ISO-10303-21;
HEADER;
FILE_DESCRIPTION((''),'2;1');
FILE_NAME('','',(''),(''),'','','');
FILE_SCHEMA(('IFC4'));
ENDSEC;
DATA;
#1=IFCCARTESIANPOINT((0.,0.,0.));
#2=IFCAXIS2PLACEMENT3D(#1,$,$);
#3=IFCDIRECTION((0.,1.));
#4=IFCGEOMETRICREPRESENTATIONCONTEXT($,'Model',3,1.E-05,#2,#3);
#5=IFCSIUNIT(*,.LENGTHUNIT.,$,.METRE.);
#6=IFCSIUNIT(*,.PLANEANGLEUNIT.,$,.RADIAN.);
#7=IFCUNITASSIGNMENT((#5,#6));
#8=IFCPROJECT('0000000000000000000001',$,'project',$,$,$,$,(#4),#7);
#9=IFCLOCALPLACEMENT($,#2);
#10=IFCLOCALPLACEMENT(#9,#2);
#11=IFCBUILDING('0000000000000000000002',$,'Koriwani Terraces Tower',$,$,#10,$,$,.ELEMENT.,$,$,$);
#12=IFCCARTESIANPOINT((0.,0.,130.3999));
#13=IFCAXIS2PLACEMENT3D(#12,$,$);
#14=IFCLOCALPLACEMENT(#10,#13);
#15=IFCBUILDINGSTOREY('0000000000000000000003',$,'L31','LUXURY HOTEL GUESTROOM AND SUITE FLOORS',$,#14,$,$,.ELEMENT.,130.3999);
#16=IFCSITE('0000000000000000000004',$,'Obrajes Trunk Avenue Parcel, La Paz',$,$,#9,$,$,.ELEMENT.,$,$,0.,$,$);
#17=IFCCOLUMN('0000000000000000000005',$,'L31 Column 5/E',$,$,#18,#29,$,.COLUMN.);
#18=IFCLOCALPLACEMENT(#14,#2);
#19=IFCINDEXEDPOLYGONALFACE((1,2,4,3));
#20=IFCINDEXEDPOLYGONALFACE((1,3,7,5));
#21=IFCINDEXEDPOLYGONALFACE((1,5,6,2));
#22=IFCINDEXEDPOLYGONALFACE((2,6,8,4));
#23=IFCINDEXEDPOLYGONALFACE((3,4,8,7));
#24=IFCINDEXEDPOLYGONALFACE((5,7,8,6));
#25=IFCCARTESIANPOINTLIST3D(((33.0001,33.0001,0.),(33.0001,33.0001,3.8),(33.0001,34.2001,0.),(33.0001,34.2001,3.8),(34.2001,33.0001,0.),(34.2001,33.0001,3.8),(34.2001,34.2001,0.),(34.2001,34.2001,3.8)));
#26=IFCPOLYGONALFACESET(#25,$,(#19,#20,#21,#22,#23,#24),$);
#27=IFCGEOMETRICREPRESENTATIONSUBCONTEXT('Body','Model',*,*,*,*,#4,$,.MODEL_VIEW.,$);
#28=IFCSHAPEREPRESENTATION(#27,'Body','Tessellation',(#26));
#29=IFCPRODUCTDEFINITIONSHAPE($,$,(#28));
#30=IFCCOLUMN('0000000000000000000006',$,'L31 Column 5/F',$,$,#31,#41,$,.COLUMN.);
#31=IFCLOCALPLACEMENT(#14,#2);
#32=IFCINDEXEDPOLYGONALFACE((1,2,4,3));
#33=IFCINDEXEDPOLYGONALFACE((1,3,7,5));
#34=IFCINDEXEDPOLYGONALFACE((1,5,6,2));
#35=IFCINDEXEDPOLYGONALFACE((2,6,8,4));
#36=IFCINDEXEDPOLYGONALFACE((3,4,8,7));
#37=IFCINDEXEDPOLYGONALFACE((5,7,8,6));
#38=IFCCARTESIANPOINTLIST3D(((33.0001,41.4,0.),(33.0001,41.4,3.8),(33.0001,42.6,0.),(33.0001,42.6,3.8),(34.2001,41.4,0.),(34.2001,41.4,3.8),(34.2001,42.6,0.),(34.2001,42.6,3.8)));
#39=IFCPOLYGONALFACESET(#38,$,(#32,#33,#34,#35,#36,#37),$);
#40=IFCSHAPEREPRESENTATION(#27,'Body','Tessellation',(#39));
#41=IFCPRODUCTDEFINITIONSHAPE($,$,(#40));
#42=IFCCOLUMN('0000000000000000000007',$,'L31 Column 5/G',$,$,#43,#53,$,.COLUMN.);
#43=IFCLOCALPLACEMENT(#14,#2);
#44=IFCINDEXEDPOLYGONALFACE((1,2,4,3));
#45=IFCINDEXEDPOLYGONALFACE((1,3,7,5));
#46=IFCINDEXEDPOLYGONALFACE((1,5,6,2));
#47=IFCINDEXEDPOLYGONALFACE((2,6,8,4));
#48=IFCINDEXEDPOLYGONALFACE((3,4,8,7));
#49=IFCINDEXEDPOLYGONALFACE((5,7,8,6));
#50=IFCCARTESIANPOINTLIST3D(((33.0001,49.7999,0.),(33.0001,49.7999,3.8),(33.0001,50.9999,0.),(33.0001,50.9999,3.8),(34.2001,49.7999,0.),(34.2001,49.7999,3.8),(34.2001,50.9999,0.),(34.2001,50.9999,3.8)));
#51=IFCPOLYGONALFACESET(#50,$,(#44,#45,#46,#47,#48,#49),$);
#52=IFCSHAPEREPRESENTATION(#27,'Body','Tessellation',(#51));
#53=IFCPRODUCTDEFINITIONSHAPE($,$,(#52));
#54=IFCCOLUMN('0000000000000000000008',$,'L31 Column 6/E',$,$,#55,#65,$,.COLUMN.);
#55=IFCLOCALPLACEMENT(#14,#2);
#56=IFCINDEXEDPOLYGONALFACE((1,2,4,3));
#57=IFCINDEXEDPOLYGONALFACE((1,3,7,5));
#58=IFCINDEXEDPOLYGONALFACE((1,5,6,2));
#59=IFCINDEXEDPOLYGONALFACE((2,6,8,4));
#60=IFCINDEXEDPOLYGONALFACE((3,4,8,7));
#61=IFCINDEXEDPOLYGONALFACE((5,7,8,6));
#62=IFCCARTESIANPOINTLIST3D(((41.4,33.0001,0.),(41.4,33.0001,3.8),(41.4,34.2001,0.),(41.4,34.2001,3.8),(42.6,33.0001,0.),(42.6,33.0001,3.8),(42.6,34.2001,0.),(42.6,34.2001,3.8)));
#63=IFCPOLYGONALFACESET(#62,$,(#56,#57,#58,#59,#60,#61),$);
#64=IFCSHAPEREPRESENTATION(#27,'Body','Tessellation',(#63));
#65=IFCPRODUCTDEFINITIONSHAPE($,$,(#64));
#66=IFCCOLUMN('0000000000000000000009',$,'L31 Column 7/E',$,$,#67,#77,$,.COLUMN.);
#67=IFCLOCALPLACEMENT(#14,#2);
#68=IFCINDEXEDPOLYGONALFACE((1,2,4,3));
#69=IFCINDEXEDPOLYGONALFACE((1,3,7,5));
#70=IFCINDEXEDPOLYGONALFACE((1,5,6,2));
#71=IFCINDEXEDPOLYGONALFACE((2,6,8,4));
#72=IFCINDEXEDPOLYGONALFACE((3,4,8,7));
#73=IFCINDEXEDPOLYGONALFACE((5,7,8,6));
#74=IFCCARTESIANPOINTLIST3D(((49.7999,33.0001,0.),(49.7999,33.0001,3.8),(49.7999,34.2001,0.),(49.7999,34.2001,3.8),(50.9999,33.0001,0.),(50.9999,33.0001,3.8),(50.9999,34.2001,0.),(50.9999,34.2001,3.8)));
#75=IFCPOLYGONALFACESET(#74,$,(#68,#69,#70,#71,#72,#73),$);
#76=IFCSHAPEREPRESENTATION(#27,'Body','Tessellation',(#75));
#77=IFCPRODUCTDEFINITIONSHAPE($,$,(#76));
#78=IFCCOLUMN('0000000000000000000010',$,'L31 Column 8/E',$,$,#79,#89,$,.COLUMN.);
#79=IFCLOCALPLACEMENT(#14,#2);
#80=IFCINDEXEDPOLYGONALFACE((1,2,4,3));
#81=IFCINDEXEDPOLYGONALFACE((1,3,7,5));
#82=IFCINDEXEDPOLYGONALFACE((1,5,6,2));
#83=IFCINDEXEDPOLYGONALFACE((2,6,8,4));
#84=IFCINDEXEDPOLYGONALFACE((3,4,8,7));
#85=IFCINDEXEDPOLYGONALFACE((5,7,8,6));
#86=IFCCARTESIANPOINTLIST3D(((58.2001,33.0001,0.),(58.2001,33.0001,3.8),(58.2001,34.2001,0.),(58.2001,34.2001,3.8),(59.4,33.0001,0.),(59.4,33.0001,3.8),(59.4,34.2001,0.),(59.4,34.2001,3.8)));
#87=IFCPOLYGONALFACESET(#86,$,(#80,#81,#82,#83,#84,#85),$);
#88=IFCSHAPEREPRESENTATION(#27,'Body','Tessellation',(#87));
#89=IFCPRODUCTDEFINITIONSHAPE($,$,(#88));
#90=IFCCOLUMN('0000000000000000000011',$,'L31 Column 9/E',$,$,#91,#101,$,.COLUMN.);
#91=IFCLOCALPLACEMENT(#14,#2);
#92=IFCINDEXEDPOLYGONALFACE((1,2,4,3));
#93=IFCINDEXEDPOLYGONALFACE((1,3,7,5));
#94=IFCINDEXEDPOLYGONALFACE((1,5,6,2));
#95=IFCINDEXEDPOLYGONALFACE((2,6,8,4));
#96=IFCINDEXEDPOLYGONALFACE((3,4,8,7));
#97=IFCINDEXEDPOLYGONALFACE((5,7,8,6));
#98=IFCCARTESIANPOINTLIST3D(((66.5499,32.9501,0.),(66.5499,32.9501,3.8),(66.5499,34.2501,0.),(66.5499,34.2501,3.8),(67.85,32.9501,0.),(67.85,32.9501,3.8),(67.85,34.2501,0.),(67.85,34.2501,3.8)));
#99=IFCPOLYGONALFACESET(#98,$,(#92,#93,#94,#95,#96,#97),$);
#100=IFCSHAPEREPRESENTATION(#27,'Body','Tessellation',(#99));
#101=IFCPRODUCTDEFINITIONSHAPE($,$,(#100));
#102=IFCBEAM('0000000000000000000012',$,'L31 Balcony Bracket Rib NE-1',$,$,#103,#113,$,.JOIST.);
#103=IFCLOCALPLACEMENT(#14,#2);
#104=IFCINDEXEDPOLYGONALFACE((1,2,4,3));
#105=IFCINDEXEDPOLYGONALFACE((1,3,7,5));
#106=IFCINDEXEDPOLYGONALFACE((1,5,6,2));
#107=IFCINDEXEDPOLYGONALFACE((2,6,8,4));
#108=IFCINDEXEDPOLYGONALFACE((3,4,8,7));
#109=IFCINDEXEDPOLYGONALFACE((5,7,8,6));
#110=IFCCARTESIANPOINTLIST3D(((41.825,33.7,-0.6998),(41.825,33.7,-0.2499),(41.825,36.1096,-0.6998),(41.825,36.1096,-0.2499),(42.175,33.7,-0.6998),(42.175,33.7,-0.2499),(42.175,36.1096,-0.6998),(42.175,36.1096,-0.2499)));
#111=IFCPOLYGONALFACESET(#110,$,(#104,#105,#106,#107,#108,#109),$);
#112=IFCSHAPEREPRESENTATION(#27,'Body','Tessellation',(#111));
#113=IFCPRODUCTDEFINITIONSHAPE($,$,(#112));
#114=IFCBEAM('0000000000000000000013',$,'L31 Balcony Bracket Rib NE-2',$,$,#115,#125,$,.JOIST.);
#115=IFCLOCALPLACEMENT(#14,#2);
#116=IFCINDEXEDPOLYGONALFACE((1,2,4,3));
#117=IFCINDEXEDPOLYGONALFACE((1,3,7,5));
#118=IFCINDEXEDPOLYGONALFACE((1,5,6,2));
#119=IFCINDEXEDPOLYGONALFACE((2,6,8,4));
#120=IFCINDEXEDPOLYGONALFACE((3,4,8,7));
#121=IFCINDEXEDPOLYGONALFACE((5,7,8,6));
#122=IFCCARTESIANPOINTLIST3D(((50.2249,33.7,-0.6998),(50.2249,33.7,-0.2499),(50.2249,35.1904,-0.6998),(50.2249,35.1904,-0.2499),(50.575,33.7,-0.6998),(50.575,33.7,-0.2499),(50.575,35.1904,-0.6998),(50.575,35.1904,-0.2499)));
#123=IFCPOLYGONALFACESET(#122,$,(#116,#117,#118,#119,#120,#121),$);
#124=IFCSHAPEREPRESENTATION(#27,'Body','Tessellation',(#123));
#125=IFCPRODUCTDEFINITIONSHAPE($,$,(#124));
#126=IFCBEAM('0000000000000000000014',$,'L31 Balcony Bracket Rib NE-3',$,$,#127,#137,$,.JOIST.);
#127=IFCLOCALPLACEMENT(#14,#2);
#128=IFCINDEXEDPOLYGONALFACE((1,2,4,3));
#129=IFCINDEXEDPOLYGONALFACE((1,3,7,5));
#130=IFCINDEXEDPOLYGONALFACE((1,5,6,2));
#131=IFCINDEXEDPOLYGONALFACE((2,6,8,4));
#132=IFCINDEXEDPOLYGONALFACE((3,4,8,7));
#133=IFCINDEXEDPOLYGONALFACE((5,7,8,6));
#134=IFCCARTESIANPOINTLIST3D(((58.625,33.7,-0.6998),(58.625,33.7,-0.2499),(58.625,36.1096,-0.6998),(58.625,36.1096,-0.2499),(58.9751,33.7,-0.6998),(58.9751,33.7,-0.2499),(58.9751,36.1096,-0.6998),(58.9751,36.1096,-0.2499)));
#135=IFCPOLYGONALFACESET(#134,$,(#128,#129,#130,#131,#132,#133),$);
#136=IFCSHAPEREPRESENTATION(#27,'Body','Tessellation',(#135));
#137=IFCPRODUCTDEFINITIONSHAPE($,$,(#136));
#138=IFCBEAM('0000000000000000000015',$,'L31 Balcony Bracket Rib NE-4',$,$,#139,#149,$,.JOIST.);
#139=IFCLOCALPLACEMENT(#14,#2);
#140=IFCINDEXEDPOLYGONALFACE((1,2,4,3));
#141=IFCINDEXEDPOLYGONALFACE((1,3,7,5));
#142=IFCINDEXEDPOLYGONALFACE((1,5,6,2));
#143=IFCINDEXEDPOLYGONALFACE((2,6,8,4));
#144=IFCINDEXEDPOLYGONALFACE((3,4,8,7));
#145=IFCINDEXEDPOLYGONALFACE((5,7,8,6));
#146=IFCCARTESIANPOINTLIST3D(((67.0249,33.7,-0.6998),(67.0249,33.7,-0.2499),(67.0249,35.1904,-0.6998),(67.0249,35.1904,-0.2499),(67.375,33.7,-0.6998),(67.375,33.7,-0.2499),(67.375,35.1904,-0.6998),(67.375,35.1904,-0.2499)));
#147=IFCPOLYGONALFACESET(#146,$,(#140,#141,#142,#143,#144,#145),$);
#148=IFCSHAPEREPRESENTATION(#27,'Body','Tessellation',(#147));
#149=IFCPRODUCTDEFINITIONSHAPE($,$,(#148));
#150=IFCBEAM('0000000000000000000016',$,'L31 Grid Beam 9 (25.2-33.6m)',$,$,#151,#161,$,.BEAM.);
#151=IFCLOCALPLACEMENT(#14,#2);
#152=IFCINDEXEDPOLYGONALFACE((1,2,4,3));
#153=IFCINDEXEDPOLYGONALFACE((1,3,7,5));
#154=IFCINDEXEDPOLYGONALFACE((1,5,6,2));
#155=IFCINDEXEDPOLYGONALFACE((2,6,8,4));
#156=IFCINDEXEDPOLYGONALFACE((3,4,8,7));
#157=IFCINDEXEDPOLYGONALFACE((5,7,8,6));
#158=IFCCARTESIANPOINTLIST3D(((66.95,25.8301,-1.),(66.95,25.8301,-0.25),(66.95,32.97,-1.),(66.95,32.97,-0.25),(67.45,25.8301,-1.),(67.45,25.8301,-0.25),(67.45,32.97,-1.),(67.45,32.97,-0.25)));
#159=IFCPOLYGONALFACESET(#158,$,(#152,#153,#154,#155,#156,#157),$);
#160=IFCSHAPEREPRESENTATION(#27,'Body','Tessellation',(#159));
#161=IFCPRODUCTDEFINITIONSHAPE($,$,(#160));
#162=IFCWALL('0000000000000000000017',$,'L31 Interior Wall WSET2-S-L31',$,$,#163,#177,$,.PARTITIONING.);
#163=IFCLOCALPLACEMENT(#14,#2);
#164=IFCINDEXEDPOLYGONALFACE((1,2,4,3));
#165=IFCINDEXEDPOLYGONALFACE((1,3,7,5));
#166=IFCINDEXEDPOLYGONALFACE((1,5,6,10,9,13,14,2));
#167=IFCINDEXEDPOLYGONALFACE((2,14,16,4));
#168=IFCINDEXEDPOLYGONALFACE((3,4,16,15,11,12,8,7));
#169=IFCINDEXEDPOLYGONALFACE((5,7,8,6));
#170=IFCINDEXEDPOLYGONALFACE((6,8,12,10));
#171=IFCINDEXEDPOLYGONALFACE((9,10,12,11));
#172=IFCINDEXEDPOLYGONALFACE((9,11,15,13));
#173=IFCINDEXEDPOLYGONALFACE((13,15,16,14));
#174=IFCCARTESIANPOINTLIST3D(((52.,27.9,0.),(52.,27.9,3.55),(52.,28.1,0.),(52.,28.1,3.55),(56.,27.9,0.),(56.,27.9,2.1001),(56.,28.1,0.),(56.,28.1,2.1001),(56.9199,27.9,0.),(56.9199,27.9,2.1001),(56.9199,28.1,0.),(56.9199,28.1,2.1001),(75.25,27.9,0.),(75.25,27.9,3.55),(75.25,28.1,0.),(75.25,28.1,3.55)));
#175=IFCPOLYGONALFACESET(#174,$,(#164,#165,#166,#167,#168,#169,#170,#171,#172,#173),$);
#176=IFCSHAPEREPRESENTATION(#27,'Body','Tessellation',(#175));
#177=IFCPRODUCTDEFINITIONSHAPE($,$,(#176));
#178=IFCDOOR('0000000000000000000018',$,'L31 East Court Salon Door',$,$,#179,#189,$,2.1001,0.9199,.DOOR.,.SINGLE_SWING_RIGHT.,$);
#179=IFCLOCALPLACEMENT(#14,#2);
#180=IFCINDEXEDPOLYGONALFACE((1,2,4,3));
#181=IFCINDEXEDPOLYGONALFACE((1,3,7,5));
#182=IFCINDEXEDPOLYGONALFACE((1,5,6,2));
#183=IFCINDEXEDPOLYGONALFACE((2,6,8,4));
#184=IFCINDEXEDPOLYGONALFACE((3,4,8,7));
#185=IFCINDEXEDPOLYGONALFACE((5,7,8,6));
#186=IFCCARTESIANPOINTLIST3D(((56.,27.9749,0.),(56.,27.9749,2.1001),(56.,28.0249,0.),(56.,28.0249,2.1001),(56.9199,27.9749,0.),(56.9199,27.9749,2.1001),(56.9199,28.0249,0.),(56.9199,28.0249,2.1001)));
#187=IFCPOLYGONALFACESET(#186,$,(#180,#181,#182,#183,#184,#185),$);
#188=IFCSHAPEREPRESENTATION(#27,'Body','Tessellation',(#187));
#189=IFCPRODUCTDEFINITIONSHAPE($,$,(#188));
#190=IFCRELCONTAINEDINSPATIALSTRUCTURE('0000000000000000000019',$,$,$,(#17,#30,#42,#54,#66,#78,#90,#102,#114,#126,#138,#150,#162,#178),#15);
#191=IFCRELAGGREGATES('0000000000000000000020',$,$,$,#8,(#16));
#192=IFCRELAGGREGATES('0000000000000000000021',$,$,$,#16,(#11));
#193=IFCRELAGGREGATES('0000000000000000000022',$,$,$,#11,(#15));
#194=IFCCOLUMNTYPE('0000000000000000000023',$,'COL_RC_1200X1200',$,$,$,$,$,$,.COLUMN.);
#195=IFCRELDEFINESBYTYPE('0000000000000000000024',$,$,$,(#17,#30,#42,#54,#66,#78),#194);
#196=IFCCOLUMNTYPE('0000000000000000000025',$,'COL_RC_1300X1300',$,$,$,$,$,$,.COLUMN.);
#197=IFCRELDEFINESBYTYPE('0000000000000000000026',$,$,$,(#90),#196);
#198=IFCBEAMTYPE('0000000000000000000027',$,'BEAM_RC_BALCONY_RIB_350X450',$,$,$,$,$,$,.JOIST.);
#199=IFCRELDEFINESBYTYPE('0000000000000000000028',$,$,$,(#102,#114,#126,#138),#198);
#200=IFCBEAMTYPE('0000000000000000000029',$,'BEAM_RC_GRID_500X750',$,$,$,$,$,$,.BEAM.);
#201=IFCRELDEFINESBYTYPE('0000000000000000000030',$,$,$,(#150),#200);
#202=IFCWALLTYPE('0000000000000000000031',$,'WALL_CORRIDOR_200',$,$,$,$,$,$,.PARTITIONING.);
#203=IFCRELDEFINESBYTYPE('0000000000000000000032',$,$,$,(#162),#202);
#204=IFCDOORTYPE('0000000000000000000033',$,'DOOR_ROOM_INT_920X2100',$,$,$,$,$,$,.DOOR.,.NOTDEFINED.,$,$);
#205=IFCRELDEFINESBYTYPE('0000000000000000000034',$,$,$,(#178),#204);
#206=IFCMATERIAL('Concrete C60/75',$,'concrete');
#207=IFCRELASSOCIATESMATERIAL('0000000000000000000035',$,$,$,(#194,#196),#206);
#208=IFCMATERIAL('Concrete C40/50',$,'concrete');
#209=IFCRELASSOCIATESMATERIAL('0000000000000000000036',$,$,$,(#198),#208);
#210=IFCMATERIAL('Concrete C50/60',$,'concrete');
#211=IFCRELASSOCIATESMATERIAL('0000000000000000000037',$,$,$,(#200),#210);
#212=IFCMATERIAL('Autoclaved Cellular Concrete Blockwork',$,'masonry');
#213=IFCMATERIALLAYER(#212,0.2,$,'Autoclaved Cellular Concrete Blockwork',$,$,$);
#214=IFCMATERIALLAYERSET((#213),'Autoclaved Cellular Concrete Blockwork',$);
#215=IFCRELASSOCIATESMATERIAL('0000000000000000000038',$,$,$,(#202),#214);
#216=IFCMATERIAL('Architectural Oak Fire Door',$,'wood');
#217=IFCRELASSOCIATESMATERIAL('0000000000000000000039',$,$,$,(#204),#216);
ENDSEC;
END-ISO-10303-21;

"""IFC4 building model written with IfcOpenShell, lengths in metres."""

from ifc_helpers import new_model, si_unit, direction, frame, frame_2d, origin, origin_2d, place, context, subcontext, project, spatial, rectangle, extrude, material, layer, layer_set, material_profile, profile_set, type_object, element, fill, save


model = new_model("IFC4")

# Units and contexts
model_context = context("Model", 3, precision=1e-05, world=origin(), true_north=direction((0.0, 1.0)))
body_context = subcontext(model_context, "Body", "Model", "MODEL_VIEW")
ifc_project = project(units=[si_unit("LENGTHUNIT", "METRE"), si_unit("PLANEANGLEUNIT", "RADIAN")], contexts=[model_context])

# Site, building, storey
site_placement = place(None, origin())
site = spatial("IfcSite", under=ifc_project, at=site_placement, Name="Obrajes Trunk Avenue Parcel, La Paz", CompositionType="ELEMENT", RefElevation=0.0)
building_placement = place(site_placement, origin())
building = spatial("IfcBuilding", under=site, at=building_placement, Name="Koriwani Terraces Tower", CompositionType="ELEMENT")
storey_placement = place(building_placement, frame((0.0, 0.0, 130.3999)))
storey = spatial("IfcBuildingStorey", under=building, at=storey_placement, Name="L31", Description="LUXURY HOTEL GUESTROOM AND SUITE FLOORS", CompositionType="ELEMENT", Elevation=130.3999)

# Columns
ifc_material_1 = material(Name="Concrete C60/75", Category="concrete")
ifc_material_profile_1 = material_profile(ifc_material_1, rectangle(XDim=1.2, YDim=1.2, at=origin_2d()), Name="Concrete C60/75", Category="LoadBearing")
ifc_profile_set_1 = profile_set([ifc_material_profile_1], Name="Concrete C60/75")
column_type_1 = type_object("IfcColumnType", Name="COL_RC_1200X1200", PredefinedType="COLUMN", material=ifc_profile_set_1)
for number, where, z_axis, x_axis, name in (
    (1, (33.6001, 33.6001, 0.0), (0.0, 0.0, 1.0), (1.0, 0.0, 0.0), "L31 Column 5/E"),
    (2, (33.6001, 42.0, 0.0), (0.0, 0.0, 1.0), (1.0, 0.0, 0.0), "L31 Column 5/F"),
    (3, (33.6001, 50.3999, 0.0), (0.0, 0.0, 1.0), (1.0, 0.0, 0.0), "L31 Column 5/G"),
    (4, (42.0, 33.6001, 0.0), (0.0, 0.0, 1.0), (1.0, 0.0, 0.0), "L31 Column 6/E"),
    (5, (50.3999, 33.6001, 0.0), (0.0, 0.0, 1.0), (1.0, 0.0, 0.0), "L31 Column 7/E"),
    (6, (58.8, 33.6001, 0.0), (0.0, 0.0, 1.0), (1.0, 0.0, 0.0), "L31 Column 8/E"),
):
    element("IfcColumn", number, at=place(storey_placement, frame(where, z_axis=z_axis, x_axis=x_axis)), inside=storey, type_object=column_type_1, Name=name, PredefinedType="COLUMN", context=body_context, shape_type="SweptSolid", body=[
        extrude(rectangle(XDim=1.2, YDim=1.2, at=origin_2d()), origin(), (0.0, 0.0, 1.0), 3.8),
    ])
ifc_material_profile_2 = material_profile(ifc_material_1, rectangle(XDim=1.3, YDim=1.3, at=origin_2d()), Name="Concrete C60/75", Category="LoadBearing")
ifc_profile_set_2 = profile_set([ifc_material_profile_2], Name="Concrete C60/75")
column_type_2 = type_object("IfcColumnType", Name="COL_RC_1300X1300", PredefinedType="COLUMN", material=ifc_profile_set_2)
column_placement = place(storey_placement, frame((67.2, 33.6001, 0.0), z_axis=(0.0, 0.0, 1.0), x_axis=(1.0, 0.0, 0.0)))
element("IfcColumn", 7, at=column_placement, inside=storey, type_object=column_type_2, Name="L31 Column 9/E", PredefinedType="COLUMN", context=body_context, shape_type="SweptSolid", body=[
    extrude(rectangle(XDim=1.3, YDim=1.3, at=origin_2d()), origin(), (0.0, 0.0, 1.0), 3.8),
])

# Beams
ifc_material_2 = material(Name="Concrete C40/50", Category="concrete")
ifc_material_profile_3 = material_profile(ifc_material_2, rectangle(XDim=0.3501, YDim=0.45, at=origin_2d()), Name="Concrete C40/50", Category="LoadBearing")
ifc_profile_set_3 = profile_set([ifc_material_profile_3], Name="Concrete C40/50")
beam_type_1 = type_object("IfcBeamType", Name="BEAM_RC_BALCONY_RIB_350X450", PredefinedType="JOIST", material=ifc_profile_set_3)
beam_1_placement = place(storey_placement, frame((42.0, 33.7, -0.4749), z_axis=(0.0, 1.0, 0.0), x_axis=(-1.0, 0.0, 0.0)))
element("IfcBeam", 8, at=beam_1_placement, inside=storey, type_object=beam_type_1, Name="L31 Balcony Bracket Rib NE-1", PredefinedType="JOIST", context=body_context, shape_type="SweptSolid", body=[
    extrude(rectangle(XDim=0.3501, YDim=0.45, at=origin_2d()), origin(), (0.0, 0.0, 1.0), 2.4097),
])
beam_2_placement = place(storey_placement, frame((50.3999, 33.7, -0.4749), z_axis=(0.0, 1.0, 0.0), x_axis=(-1.0, 0.0, 0.0)))
element("IfcBeam", 9, at=beam_2_placement, inside=storey, type_object=beam_type_1, Name="L31 Balcony Bracket Rib NE-2", PredefinedType="JOIST", context=body_context, shape_type="SweptSolid", body=[
    extrude(rectangle(XDim=0.3501, YDim=0.45, at=origin_2d()), origin(), (0.0, 0.0, 1.0), 1.4905),
])
beam_3_placement = place(storey_placement, frame((58.8, 33.7, -0.4749), z_axis=(0.0, 1.0, 0.0), x_axis=(-1.0, 0.0, 0.0)))
element("IfcBeam", 10, at=beam_3_placement, inside=storey, type_object=beam_type_1, Name="L31 Balcony Bracket Rib NE-3", PredefinedType="JOIST", context=body_context, shape_type="SweptSolid", body=[
    extrude(rectangle(XDim=0.3501, YDim=0.45, at=origin_2d()), origin(), (0.0, 0.0, 1.0), 2.4097),
])
beam_4_placement = place(storey_placement, frame((67.2, 33.7, -0.4749), z_axis=(0.0, 1.0, 0.0), x_axis=(-1.0, 0.0, 0.0)))
element("IfcBeam", 11, at=beam_4_placement, inside=storey, type_object=beam_type_1, Name="L31 Balcony Bracket Rib NE-4", PredefinedType="JOIST", context=body_context, shape_type="SweptSolid", body=[
    extrude(rectangle(XDim=0.3501, YDim=0.45, at=origin_2d()), origin(), (0.0, 0.0, 1.0), 1.4905),
])
ifc_material_3 = material(Name="Concrete C50/60", Category="concrete")
ifc_material_profile_4 = material_profile(ifc_material_3, rectangle(XDim=0.5, YDim=0.75, at=origin_2d()), Name="Concrete C50/60", Category="LoadBearing")
ifc_profile_set_4 = profile_set([ifc_material_profile_4], Name="Concrete C50/60")
beam_type_2 = type_object("IfcBeamType", Name="BEAM_RC_GRID_500X750", PredefinedType="BEAM", material=ifc_profile_set_4)
beam_5_placement = place(storey_placement, frame((67.2, 25.8301, -0.625), z_axis=(0.0, 1.0, 0.0), x_axis=(-1.0, 0.0, 0.0)))
element("IfcBeam", 12, at=beam_5_placement, inside=storey, type_object=beam_type_2, Name="L31 Grid Beam 9 (25.2-33.6m)", PredefinedType="BEAM", context=body_context, shape_type="SweptSolid", body=[
    extrude(rectangle(XDim=0.5, YDim=0.75, at=origin_2d()), origin(), (0.0, 0.0, 1.0), 7.1399),
])

# Wall, opening, door
ifc_material_4 = material(Name="Autoclaved Cellular Concrete Blockwork", Category="masonry")
ifc_layer_1 = layer(ifc_material_4, 0.2, Name="Autoclaved Cellular Concrete Blockwork")
ifc_layer_set_1 = layer_set([ifc_layer_1], Name="Autoclaved Cellular Concrete Blockwork")
wall_type_1 = type_object("IfcWallType", Name="WALL_CORRIDOR_200", PredefinedType="PARTITIONING", material=ifc_layer_set_1)
wall_1_placement = place(storey_placement, frame((52.0, 28.0, 0.0), z_axis=(0.0, 0.0, 1.0), x_axis=(1.0, 0.0, 0.0)))
wall_1 = element("IfcWall", 13, at=wall_1_placement, inside=storey, type_object=wall_type_1, Name="L31 Interior Wall WSET2-S-L31", PredefinedType="PARTITIONING", context=body_context, shape_type="SweptSolid", body=[
    extrude(rectangle(XDim=23.25, YDim=0.2, at=frame_2d((11.625, 0.0))), origin(), (0.0, 0.0, 1.0), 3.55),
])
opening_1_placement = place(wall_1_placement, frame((4.0, 0.0, 0.0)))
opening_1 = element("IfcOpeningElement", 14, at=opening_1_placement, cuts=wall_1, PredefinedType="OPENING", context=body_context, shape_type="SweptSolid", body=[
    extrude(rectangle(XDim=0.9199, YDim=2.1001, at=frame_2d((0.46, 1.05))), frame((0.0, 0.1099, 0.0), z_axis=(0.0, -1.0, 0.0), x_axis=(1.0, 0.0, 0.0)), (0.0, 0.0, 1.0), 0.22),
])
ifc_material_5 = material(Name="Architectural Oak Fire Door", Category="wood")
door_type_1 = type_object("IfcDoorType", Name="DOOR_ROOM_INT_920X2100", OperationType="NOTDEFINED", PredefinedType="DOOR", material=ifc_material_5)
door_1_placement = place(opening_1_placement, origin())
door_1 = element("IfcDoor", 15, at=door_1_placement, inside=storey, type_object=door_type_1, Name="L31 East Court Salon Door", OperationType="SINGLE_SWING_RIGHT", OverallHeight=2.1001, OverallWidth=0.9199, PredefinedType="DOOR", context=body_context, shape_type="SweptSolid", body=[
    extrude(rectangle(XDim=0.9199, YDim=2.1001, at=frame_2d((0.46, 1.05))), frame((0.0, 0.0249, 0.0), z_axis=(0.0, -1.0, 0.0), x_axis=(1.0, 0.0, 0.0)), (0.0, 0.0, 1.0), 0.05),
])
fill(opening_1, door_1)

save(model, "model.ifc")
